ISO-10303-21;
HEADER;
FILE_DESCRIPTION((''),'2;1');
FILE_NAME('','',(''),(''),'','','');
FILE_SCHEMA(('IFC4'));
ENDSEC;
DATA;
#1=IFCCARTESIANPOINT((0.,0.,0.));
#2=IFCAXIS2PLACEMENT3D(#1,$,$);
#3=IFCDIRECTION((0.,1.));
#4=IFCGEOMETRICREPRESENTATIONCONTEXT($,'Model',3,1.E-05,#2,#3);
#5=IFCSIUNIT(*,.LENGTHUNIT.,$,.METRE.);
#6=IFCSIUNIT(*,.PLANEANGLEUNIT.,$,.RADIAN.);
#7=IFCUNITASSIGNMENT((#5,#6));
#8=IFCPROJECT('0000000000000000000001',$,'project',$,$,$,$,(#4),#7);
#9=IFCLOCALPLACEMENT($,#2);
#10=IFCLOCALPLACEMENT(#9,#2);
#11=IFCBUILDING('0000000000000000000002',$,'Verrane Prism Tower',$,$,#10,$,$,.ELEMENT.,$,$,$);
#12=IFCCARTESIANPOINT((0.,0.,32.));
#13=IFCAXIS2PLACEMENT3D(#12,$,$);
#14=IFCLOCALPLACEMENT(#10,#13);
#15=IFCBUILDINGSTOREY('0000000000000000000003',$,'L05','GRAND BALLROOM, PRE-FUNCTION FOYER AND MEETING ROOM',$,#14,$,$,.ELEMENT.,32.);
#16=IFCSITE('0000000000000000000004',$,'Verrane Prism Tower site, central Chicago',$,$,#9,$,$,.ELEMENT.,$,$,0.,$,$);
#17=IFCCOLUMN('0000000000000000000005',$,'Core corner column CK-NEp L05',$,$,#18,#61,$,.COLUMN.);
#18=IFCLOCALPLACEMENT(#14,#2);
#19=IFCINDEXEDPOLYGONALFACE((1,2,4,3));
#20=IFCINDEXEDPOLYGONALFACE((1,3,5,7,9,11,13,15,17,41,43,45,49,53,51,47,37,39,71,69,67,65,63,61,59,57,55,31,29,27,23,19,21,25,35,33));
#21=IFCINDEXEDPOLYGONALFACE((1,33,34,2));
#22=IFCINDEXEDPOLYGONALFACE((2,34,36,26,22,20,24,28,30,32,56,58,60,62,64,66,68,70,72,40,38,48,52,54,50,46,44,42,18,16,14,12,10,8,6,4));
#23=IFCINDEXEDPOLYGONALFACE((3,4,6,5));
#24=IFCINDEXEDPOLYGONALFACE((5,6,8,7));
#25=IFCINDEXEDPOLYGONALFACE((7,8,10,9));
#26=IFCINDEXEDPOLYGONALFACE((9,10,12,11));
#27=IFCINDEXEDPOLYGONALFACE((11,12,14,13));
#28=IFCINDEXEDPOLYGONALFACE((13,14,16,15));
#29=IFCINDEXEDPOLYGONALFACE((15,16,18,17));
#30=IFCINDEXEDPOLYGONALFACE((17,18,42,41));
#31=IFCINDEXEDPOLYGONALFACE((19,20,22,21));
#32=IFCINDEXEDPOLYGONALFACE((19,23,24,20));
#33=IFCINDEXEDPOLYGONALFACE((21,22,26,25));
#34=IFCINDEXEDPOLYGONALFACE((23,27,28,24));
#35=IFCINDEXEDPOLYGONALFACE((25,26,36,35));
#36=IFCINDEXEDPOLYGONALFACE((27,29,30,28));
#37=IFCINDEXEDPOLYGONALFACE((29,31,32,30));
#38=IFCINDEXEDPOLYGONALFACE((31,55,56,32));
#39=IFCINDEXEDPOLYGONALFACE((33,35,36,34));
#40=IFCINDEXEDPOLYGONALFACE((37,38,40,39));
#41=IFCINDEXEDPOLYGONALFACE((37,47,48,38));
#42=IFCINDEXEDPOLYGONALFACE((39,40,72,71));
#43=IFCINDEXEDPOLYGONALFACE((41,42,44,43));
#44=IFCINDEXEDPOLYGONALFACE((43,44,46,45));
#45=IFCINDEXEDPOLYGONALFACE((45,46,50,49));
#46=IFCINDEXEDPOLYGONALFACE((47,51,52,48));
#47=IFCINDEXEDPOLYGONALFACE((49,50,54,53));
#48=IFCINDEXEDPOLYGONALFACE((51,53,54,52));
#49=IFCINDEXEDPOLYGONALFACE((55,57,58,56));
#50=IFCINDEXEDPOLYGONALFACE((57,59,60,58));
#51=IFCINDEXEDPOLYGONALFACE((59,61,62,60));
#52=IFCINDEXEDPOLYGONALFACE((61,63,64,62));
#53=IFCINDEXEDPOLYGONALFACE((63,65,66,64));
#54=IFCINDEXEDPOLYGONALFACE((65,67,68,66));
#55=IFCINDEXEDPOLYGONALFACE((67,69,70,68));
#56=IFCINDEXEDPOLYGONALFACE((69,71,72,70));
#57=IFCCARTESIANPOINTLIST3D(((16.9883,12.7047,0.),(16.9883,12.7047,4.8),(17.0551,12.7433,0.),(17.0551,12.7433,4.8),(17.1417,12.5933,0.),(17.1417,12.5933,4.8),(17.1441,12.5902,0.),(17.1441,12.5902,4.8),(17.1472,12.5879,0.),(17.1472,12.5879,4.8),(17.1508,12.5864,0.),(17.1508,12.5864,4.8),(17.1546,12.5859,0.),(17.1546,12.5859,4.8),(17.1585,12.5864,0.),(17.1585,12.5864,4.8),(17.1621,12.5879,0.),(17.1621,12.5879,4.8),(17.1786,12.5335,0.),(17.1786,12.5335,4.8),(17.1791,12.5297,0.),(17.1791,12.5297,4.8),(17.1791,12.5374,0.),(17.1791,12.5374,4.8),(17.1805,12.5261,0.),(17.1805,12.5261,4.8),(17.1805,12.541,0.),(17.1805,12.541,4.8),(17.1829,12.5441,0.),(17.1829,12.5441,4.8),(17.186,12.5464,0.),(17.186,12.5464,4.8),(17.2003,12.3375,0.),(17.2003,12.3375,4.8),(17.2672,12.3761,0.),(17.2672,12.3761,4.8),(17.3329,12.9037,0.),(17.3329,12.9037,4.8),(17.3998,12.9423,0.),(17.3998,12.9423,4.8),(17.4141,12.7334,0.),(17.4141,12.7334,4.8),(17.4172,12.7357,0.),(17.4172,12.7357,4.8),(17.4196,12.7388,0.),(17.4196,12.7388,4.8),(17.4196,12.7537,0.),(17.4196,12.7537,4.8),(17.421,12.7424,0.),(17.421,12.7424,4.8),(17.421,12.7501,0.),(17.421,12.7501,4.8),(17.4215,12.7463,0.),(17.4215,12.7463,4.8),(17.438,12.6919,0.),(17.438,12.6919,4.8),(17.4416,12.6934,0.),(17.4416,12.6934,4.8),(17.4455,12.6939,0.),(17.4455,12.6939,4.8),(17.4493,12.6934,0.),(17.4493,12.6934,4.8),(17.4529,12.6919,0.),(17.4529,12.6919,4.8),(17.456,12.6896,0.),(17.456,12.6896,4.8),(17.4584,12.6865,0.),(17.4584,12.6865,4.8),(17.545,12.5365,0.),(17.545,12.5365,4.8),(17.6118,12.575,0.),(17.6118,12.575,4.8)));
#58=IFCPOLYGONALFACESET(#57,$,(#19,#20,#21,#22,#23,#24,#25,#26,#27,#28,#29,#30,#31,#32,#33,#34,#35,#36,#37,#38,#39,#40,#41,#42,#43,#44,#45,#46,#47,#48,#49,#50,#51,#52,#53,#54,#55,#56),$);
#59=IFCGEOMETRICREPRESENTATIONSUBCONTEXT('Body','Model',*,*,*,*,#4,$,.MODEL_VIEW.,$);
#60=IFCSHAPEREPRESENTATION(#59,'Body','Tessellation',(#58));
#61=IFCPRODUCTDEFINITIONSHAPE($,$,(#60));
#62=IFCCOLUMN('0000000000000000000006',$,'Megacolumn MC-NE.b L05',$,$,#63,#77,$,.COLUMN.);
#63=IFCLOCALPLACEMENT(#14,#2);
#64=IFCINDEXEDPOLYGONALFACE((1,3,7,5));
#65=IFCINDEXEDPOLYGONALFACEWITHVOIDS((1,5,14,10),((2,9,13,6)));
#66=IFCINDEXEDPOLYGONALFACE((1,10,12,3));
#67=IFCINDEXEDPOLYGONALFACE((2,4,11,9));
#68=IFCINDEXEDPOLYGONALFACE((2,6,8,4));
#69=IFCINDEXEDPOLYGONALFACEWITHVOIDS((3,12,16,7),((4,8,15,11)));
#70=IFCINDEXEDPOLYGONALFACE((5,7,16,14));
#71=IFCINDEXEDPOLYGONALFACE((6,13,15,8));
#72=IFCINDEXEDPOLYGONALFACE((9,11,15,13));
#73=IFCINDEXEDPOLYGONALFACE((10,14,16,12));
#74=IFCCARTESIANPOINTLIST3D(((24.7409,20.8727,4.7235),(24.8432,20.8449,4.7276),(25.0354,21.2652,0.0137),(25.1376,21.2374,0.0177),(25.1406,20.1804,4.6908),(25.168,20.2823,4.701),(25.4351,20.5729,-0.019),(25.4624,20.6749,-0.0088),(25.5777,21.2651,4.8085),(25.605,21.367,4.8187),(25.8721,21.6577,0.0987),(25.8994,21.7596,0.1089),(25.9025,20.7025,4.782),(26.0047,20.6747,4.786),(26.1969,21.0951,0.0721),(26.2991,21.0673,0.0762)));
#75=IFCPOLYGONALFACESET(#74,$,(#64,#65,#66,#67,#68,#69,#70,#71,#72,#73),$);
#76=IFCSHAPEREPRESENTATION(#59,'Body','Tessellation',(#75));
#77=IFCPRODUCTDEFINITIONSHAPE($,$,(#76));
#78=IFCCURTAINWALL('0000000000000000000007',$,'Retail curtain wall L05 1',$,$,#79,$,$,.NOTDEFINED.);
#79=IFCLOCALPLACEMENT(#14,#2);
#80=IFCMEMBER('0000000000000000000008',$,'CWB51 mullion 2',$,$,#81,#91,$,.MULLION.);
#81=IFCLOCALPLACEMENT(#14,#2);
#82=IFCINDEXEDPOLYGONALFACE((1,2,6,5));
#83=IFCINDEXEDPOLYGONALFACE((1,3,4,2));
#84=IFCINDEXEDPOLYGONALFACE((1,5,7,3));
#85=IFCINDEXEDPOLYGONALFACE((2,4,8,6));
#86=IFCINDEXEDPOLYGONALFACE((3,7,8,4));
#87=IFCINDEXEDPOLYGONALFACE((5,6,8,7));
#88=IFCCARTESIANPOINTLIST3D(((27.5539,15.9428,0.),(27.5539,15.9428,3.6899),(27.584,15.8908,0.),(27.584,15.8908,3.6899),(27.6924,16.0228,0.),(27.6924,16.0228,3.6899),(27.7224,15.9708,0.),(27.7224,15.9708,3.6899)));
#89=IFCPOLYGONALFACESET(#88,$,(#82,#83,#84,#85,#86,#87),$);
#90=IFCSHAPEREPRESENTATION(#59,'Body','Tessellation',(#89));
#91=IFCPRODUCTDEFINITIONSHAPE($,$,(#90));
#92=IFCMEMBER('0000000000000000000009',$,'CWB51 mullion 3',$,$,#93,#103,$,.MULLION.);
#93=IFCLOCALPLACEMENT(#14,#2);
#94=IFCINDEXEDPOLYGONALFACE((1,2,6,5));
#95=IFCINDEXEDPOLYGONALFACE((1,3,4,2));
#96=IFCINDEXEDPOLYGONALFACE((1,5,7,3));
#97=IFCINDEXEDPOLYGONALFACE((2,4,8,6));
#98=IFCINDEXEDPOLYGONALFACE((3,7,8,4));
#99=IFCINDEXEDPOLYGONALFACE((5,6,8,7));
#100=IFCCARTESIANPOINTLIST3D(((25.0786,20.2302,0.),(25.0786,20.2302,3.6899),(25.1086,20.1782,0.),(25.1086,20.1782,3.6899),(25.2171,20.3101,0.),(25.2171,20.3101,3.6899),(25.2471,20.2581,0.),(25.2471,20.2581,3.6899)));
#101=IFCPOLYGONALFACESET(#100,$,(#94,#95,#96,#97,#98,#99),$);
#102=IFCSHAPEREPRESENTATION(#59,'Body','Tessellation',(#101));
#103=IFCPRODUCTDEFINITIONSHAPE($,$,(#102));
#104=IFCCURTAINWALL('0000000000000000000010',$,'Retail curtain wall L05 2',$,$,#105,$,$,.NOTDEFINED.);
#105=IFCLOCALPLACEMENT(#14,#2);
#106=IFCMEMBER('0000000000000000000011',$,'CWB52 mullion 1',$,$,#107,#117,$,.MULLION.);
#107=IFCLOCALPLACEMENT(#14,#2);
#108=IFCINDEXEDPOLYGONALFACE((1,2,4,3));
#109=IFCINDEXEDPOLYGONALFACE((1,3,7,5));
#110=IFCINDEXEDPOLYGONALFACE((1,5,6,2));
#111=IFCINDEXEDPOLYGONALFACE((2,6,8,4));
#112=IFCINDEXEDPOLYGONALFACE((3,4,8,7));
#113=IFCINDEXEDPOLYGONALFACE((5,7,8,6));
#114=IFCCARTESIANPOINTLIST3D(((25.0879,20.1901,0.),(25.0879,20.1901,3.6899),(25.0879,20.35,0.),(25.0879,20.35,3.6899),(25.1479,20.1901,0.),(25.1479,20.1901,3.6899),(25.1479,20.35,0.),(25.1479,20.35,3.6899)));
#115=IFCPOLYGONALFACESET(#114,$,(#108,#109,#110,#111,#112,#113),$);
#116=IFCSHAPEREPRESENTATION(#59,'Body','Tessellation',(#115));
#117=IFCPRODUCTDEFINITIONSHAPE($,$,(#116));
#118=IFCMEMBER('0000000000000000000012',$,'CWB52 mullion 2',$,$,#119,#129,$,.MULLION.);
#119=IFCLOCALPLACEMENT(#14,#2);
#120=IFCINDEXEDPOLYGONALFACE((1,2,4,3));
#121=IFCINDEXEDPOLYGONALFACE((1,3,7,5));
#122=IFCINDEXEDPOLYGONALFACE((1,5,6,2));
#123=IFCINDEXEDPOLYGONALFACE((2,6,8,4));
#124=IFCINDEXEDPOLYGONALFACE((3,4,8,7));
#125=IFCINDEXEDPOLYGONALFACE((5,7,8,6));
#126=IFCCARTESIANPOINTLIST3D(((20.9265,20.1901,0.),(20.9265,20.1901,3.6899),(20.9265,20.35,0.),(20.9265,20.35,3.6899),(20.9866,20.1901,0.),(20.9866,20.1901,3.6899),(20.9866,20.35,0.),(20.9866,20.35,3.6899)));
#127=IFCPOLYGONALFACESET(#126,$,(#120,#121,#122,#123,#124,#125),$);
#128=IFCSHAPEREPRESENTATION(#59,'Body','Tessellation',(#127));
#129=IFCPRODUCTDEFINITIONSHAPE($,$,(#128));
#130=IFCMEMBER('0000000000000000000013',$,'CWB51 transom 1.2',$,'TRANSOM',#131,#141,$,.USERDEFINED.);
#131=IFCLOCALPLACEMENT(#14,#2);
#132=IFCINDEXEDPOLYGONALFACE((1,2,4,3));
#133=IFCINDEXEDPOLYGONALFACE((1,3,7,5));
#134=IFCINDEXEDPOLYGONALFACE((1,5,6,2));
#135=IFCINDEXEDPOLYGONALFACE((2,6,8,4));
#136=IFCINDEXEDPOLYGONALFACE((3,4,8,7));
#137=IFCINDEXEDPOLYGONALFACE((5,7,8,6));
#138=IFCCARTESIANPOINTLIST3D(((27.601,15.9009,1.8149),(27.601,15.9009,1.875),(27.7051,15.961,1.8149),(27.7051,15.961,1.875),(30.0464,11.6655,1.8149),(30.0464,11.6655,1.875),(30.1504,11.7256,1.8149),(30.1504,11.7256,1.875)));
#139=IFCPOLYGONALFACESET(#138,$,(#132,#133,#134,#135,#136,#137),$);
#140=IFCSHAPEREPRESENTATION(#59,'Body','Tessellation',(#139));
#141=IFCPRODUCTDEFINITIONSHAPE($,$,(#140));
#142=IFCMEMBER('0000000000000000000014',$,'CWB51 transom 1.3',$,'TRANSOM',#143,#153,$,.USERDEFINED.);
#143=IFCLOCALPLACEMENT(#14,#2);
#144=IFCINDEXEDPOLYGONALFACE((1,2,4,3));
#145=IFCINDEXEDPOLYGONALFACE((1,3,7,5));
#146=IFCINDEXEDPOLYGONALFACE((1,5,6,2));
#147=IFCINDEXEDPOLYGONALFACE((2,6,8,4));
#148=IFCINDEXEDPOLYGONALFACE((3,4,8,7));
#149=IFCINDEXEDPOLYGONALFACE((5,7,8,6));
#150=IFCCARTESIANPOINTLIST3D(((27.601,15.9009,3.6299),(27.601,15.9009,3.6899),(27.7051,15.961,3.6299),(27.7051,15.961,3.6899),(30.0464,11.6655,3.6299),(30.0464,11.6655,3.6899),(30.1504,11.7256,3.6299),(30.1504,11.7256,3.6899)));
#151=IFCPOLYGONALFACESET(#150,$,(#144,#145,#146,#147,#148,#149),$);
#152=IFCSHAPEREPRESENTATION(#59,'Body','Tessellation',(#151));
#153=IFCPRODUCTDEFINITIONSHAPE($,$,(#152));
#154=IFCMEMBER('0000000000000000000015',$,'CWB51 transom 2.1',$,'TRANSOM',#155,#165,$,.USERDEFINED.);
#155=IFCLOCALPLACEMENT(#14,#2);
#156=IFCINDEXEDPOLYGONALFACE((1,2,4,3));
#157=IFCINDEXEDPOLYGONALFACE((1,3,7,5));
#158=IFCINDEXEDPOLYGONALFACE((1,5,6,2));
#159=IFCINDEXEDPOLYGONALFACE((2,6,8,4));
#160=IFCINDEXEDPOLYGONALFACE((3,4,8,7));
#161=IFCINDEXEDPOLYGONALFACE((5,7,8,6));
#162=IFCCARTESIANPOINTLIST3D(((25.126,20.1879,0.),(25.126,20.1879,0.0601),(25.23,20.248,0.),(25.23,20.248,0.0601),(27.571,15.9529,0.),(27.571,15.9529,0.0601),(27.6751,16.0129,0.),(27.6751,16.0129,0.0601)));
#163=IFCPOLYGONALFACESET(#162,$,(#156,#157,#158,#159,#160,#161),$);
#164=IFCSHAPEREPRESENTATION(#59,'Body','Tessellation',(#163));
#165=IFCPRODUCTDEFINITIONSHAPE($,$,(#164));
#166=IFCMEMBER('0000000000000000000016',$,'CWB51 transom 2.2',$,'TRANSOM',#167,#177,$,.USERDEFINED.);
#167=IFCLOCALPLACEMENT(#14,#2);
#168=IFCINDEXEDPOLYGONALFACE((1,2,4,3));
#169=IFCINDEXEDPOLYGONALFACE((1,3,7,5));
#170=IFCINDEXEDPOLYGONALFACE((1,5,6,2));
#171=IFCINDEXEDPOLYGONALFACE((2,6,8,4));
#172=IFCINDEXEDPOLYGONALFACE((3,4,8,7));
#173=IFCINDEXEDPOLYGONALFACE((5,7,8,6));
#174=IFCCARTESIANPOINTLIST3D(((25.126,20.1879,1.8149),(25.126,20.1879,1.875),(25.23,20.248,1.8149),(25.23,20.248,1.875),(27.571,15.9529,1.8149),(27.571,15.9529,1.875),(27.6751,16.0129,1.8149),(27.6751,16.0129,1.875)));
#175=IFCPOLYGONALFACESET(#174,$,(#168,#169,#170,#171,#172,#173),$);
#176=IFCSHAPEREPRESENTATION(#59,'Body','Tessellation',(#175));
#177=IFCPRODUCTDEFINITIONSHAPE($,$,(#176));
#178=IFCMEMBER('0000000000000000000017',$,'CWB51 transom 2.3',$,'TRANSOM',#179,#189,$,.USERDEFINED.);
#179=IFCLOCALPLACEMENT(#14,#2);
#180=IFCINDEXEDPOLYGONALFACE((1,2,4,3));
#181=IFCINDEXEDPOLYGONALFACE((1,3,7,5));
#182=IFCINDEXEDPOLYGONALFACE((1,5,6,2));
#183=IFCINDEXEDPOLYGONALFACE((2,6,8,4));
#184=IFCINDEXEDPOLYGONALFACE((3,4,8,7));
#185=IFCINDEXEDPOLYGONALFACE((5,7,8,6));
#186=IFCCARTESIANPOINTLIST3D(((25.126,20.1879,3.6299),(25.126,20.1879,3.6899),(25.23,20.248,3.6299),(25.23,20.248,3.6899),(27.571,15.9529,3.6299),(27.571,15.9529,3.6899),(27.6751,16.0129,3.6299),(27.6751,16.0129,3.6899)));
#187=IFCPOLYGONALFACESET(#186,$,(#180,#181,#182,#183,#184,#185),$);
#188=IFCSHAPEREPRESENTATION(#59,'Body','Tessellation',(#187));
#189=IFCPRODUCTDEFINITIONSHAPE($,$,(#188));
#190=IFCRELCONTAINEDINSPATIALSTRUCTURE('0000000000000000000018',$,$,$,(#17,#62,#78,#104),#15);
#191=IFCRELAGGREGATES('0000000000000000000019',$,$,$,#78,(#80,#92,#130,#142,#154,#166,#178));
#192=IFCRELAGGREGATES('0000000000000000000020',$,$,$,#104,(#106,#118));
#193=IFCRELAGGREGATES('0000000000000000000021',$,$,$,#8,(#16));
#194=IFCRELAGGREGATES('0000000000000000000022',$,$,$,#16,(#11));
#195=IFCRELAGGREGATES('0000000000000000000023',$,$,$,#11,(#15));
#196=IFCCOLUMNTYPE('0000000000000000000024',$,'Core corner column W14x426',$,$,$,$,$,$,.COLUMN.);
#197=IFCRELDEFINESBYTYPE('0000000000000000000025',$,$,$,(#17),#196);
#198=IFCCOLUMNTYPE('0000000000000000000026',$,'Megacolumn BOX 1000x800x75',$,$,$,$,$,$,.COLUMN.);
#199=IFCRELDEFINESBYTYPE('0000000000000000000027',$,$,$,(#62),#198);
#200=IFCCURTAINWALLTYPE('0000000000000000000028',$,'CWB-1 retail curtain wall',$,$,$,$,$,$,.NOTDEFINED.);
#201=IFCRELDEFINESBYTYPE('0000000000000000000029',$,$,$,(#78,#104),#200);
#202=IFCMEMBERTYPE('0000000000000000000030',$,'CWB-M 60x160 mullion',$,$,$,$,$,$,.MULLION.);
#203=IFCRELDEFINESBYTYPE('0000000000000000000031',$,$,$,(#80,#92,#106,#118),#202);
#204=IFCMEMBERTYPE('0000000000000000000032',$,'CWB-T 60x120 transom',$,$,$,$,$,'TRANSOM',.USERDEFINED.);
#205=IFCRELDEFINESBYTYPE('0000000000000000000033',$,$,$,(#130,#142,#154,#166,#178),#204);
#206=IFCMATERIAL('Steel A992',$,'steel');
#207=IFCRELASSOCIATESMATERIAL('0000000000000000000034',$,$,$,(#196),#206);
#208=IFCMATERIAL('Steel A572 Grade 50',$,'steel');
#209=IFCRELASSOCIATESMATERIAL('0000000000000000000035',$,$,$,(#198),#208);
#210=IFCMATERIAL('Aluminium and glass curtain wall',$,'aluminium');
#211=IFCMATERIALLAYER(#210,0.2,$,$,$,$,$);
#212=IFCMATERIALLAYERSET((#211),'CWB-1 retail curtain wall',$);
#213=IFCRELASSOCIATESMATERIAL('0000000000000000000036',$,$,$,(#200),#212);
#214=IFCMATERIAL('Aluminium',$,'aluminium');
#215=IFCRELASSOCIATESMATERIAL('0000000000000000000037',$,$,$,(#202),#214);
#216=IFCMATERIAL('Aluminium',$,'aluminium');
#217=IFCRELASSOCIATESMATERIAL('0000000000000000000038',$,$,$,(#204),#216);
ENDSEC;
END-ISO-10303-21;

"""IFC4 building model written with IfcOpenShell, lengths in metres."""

from ifc_helpers import new_model, si_unit, direction, frame, origin, origin_2d, place, context, subcontext, project, spatial, rectangle, hollow_rectangle, i_section, extrude, material, layer, layer_set, material_profile, profile_set, type_object, element, aggregate, save


model = new_model("IFC4")

# Units and contexts
model_context = context("Model", 3, precision=1e-05, world=origin(), true_north=direction((0.0, 1.0)))
body_context = subcontext(model_context, "Body", "Model", "MODEL_VIEW")
ifc_project = project(units=[si_unit("LENGTHUNIT", "METRE"), si_unit("PLANEANGLEUNIT", "RADIAN")], contexts=[model_context])

# Site, building, storey
site_placement = place(None, origin())
site = spatial("IfcSite", under=ifc_project, at=site_placement, Name="Verrane Prism Tower site, central Chicago", CompositionType="ELEMENT", RefElevation=0.0)
building_placement = place(site_placement, origin())
building = spatial("IfcBuilding", under=site, at=building_placement, Name="Verrane Prism Tower", CompositionType="ELEMENT")
storey_placement = place(building_placement, frame((0.0, 0.0, 32.0)))
storey = spatial("IfcBuildingStorey", under=building, at=storey_placement, Name="L05", Description="GRAND BALLROOM, PRE-FUNCTION FOYER AND MEETING ROOM", CompositionType="ELEMENT", Elevation=32.0)

# Columns
ifc_material_1 = material(Name="Steel A992", Category="steel")
ifc_material_profile_1 = material_profile(ifc_material_1, i_section(OverallWidth=0.4241, OverallDepth=0.4751, WebThickness=0.0479, FlangeThickness=0.0771, FilletRadius=0.0149, at=origin_2d()), Name="W14x426")
ifc_profile_set_1 = profile_set([ifc_material_profile_1], Name="Steel A992")
column_type_1 = type_object("IfcColumnType", Name="Core corner column W14x426", PredefinedType="COLUMN", material=ifc_profile_set_1)
column_1_placement = place(storey_placement, frame((17.3, 12.6399, 0.0), z_axis=(0.0, 0.0, 1.0), x_axis=(0.5, -0.866025, 0.0)))
element("IfcColumn", 1, at=column_1_placement, inside=storey, type_object=column_type_1, Name="Core corner column CK-NEp L05", PredefinedType="COLUMN", context=body_context, shape_type="SweptSolid", body=[
    extrude(i_section(OverallWidth=0.4241, OverallDepth=0.4751, WebThickness=0.0479, FlangeThickness=0.0771, FilletRadius=0.0149, at=origin_2d()), origin(), (0.0, 0.0, 1.0), 4.8),
])
ifc_material_2 = material(Name="Steel A572 Grade 50", Category="steel")
ifc_material_profile_2 = material_profile(ifc_material_2, hollow_rectangle(XDim=0.8, YDim=1.0, WallThickness=0.075, at=origin_2d()), Name="BOX 1000x800x75")
ifc_profile_set_2 = profile_set([ifc_material_profile_2], Name="Steel A572 Grade 50")
column_type_2 = type_object("IfcColumnType", Name="Megacolumn BOX 1000x800x75", PredefinedType="COLUMN", material=ifc_profile_set_2)
column_2_placement = place(storey_placement, frame((25.6672, 21.1663, 0.0449), z_axis=(-0.062176, -0.082902, 0.994616), x_axis=(0.499582, -0.865301, -0.040893)))
element("IfcColumn", 2, at=column_2_placement, inside=storey, type_object=column_type_2, Name="Megacolumn MC-NE.b L05", PredefinedType="COLUMN", context=body_context, shape_type="SweptSolid", body=[
    extrude(hollow_rectangle(XDim=0.8, YDim=1.0, WallThickness=0.075, at=origin_2d()), origin(), (0.0, 0.0, 1.0), 4.7354),
])

# Curtain walls, members
ifc_material_3 = material(Name="Aluminium and glass curtain wall", Category="aluminium")
ifc_layer_1 = layer(ifc_material_3, 0.2)
ifc_layer_set_1 = layer_set([ifc_layer_1], Name="CWB-1 retail curtain wall")
curtain_wall_type = type_object("IfcCurtainWallType", Name="CWB-1 retail curtain wall", PredefinedType="NOTDEFINED", material=ifc_layer_set_1)
curtain_wall_1_placement = place(storey_placement, origin())
curtain_wall_1 = element("IfcCurtainWall", 3, at=curtain_wall_1_placement, inside=storey, type_object=curtain_wall_type, Name="Retail curtain wall L05 1", PredefinedType="NOTDEFINED")
ifc_material_4 = material(Name="Aluminium", Category="aluminium")
ifc_material_profile_3 = material_profile(ifc_material_4, rectangle(XDim=0.1599, YDim=0.0601, at=origin_2d()), Name="CWB-M 60x160 mullion")
ifc_profile_set_3 = profile_set([ifc_material_profile_3], Name="Aluminium")
member_type_1 = type_object("IfcMemberType", Name="CWB-M 60x160 mullion", PredefinedType="MULLION", material=ifc_profile_set_3)
member_1_placement = place(storey_placement, frame((27.6382, 15.9568, 0.0), z_axis=(0.0, 0.0, 1.0), x_axis=(-0.866026, -0.499999, 0.0)))
member_1 = element("IfcMember", 4, at=member_1_placement, type_object=member_type_1, Name="CWB51 mullion 2", PredefinedType="MULLION", context=body_context, shape_type="SweptSolid", body=[
    extrude(rectangle(XDim=0.1599, YDim=0.0601, at=origin_2d()), origin(), (0.0, 0.0, 1.0), 3.6899),
])
member_2_placement = place(storey_placement, frame((25.1628, 20.2441, 0.0), z_axis=(0.0, 0.0, 1.0), x_axis=(-0.866026, -0.499999, 0.0)))
member_2 = element("IfcMember", 5, at=member_2_placement, type_object=member_type_1, Name="CWB51 mullion 3", PredefinedType="MULLION", context=body_context, shape_type="SweptSolid", body=[
    extrude(rectangle(XDim=0.1599, YDim=0.0601, at=origin_2d()), origin(), (0.0, 0.0, 1.0), 3.6899),
])
curtain_wall_2_placement = place(storey_placement, origin())
curtain_wall_2 = element("IfcCurtainWall", 6, at=curtain_wall_2_placement, inside=storey, type_object=curtain_wall_type, Name="Retail curtain wall L05 2", PredefinedType="NOTDEFINED")
member_3_placement = place(storey_placement, frame((25.1179, 20.27, 0.0), z_axis=(0.0, 0.0, 1.0), x_axis=(0.0, -1.0, 0.0)))
member_3 = element("IfcMember", 7, at=member_3_placement, type_object=member_type_1, Name="CWB52 mullion 1", PredefinedType="MULLION", context=body_context, shape_type="SweptSolid", body=[
    extrude(rectangle(XDim=0.1599, YDim=0.0601, at=origin_2d()), origin(), (0.0, 0.0, 1.0), 3.6899),
])
member_4_placement = place(storey_placement, frame((20.9565, 20.27, 0.0), z_axis=(0.0, 0.0, 1.0), x_axis=(0.0, -1.0, 0.0)))
member_4 = element("IfcMember", 8, at=member_4_placement, type_object=member_type_1, Name="CWB52 mullion 2", PredefinedType="MULLION", context=body_context, shape_type="SweptSolid", body=[
    extrude(rectangle(XDim=0.1599, YDim=0.0601, at=origin_2d()), origin(), (0.0, 0.0, 1.0), 3.6899),
])

# Members
ifc_material_5 = material(Name="Aluminium", Category="aluminium")
ifc_material_profile_4 = material_profile(ifc_material_5, rectangle(XDim=0.1201, YDim=0.0601, at=origin_2d()), Name="CWB-T 60x120 transom")
ifc_profile_set_4 = profile_set([ifc_material_profile_4], Name="Aluminium")
member_type_2 = type_object("IfcMemberType", Name="CWB-T 60x120 transom", ElementType="TRANSOM", PredefinedType="USERDEFINED", material=ifc_profile_set_4)
member_5_placement = place(storey_placement, frame((30.0984, 11.6956, 1.845), z_axis=(-0.500005, 0.866023, 0.0), x_axis=(-0.866023, -0.500005, 0.0)))
member_5 = element("IfcMember", 9, at=member_5_placement, type_object=member_type_2, Name="CWB51 transom 1.2", ObjectType="TRANSOM", PredefinedType="USERDEFINED", context=body_context, shape_type="SweptSolid", body=[
    extrude(rectangle(XDim=0.1201, YDim=0.0601, at=origin_2d()), origin(), (0.0, 0.0, 1.0), 4.8906),
])
member_6_placement = place(storey_placement, frame((30.0984, 11.6956, 3.6599), z_axis=(-0.500005, 0.866023, 0.0), x_axis=(-0.866023, -0.500005, 0.0)))
member_6 = element("IfcMember", 10, at=member_6_placement, type_object=member_type_2, Name="CWB51 transom 1.3", ObjectType="TRANSOM", PredefinedType="USERDEFINED", context=body_context, shape_type="SweptSolid", body=[
    extrude(rectangle(XDim=0.1201, YDim=0.0601, at=origin_2d()), origin(), (0.0, 0.0, 1.0), 4.8906),
])
member_7_placement = place(storey_placement, frame((27.623, 15.9829, 0.03), z_axis=(-0.499989, 0.866032, 0.0), x_axis=(-0.866032, -0.499989, 0.0)))
member_7 = element("IfcMember", 11, at=member_7_placement, type_object=member_type_2, Name="CWB51 transom 2.1", ObjectType="TRANSOM", PredefinedType="USERDEFINED", context=body_context, shape_type="SweptSolid", body=[
    extrude(rectangle(XDim=0.1201, YDim=0.0601, at=origin_2d()), origin(), (0.0, 0.0, 1.0), 4.8901),
])
member_8_placement = place(storey_placement, frame((27.623, 15.9829, 1.845), z_axis=(-0.499989, 0.866032, 0.0), x_axis=(-0.866032, -0.499989, 0.0)))
member_8 = element("IfcMember", 12, at=member_8_placement, type_object=member_type_2, Name="CWB51 transom 2.2", ObjectType="TRANSOM", PredefinedType="USERDEFINED", context=body_context, shape_type="SweptSolid", body=[
    extrude(rectangle(XDim=0.1201, YDim=0.0601, at=origin_2d()), origin(), (0.0, 0.0, 1.0), 4.8901),
])
member_9_placement = place(storey_placement, frame((27.623, 15.9829, 3.6599), z_axis=(-0.499989, 0.866032, 0.0), x_axis=(-0.866032, -0.499989, 0.0)))
member_9 = element("IfcMember", 13, at=member_9_placement, type_object=member_type_2, Name="CWB51 transom 2.3", ObjectType="TRANSOM", PredefinedType="USERDEFINED", context=body_context, shape_type="SweptSolid", body=[
    extrude(rectangle(XDim=0.1201, YDim=0.0601, at=origin_2d()), origin(), (0.0, 0.0, 1.0), 4.8901),
])

aggregate(curtain_wall_1, [member_1, member_2, member_5, member_6, member_7, member_8, member_9])
aggregate(curtain_wall_2, [member_3, member_4])

save(model, "model.ifc")
